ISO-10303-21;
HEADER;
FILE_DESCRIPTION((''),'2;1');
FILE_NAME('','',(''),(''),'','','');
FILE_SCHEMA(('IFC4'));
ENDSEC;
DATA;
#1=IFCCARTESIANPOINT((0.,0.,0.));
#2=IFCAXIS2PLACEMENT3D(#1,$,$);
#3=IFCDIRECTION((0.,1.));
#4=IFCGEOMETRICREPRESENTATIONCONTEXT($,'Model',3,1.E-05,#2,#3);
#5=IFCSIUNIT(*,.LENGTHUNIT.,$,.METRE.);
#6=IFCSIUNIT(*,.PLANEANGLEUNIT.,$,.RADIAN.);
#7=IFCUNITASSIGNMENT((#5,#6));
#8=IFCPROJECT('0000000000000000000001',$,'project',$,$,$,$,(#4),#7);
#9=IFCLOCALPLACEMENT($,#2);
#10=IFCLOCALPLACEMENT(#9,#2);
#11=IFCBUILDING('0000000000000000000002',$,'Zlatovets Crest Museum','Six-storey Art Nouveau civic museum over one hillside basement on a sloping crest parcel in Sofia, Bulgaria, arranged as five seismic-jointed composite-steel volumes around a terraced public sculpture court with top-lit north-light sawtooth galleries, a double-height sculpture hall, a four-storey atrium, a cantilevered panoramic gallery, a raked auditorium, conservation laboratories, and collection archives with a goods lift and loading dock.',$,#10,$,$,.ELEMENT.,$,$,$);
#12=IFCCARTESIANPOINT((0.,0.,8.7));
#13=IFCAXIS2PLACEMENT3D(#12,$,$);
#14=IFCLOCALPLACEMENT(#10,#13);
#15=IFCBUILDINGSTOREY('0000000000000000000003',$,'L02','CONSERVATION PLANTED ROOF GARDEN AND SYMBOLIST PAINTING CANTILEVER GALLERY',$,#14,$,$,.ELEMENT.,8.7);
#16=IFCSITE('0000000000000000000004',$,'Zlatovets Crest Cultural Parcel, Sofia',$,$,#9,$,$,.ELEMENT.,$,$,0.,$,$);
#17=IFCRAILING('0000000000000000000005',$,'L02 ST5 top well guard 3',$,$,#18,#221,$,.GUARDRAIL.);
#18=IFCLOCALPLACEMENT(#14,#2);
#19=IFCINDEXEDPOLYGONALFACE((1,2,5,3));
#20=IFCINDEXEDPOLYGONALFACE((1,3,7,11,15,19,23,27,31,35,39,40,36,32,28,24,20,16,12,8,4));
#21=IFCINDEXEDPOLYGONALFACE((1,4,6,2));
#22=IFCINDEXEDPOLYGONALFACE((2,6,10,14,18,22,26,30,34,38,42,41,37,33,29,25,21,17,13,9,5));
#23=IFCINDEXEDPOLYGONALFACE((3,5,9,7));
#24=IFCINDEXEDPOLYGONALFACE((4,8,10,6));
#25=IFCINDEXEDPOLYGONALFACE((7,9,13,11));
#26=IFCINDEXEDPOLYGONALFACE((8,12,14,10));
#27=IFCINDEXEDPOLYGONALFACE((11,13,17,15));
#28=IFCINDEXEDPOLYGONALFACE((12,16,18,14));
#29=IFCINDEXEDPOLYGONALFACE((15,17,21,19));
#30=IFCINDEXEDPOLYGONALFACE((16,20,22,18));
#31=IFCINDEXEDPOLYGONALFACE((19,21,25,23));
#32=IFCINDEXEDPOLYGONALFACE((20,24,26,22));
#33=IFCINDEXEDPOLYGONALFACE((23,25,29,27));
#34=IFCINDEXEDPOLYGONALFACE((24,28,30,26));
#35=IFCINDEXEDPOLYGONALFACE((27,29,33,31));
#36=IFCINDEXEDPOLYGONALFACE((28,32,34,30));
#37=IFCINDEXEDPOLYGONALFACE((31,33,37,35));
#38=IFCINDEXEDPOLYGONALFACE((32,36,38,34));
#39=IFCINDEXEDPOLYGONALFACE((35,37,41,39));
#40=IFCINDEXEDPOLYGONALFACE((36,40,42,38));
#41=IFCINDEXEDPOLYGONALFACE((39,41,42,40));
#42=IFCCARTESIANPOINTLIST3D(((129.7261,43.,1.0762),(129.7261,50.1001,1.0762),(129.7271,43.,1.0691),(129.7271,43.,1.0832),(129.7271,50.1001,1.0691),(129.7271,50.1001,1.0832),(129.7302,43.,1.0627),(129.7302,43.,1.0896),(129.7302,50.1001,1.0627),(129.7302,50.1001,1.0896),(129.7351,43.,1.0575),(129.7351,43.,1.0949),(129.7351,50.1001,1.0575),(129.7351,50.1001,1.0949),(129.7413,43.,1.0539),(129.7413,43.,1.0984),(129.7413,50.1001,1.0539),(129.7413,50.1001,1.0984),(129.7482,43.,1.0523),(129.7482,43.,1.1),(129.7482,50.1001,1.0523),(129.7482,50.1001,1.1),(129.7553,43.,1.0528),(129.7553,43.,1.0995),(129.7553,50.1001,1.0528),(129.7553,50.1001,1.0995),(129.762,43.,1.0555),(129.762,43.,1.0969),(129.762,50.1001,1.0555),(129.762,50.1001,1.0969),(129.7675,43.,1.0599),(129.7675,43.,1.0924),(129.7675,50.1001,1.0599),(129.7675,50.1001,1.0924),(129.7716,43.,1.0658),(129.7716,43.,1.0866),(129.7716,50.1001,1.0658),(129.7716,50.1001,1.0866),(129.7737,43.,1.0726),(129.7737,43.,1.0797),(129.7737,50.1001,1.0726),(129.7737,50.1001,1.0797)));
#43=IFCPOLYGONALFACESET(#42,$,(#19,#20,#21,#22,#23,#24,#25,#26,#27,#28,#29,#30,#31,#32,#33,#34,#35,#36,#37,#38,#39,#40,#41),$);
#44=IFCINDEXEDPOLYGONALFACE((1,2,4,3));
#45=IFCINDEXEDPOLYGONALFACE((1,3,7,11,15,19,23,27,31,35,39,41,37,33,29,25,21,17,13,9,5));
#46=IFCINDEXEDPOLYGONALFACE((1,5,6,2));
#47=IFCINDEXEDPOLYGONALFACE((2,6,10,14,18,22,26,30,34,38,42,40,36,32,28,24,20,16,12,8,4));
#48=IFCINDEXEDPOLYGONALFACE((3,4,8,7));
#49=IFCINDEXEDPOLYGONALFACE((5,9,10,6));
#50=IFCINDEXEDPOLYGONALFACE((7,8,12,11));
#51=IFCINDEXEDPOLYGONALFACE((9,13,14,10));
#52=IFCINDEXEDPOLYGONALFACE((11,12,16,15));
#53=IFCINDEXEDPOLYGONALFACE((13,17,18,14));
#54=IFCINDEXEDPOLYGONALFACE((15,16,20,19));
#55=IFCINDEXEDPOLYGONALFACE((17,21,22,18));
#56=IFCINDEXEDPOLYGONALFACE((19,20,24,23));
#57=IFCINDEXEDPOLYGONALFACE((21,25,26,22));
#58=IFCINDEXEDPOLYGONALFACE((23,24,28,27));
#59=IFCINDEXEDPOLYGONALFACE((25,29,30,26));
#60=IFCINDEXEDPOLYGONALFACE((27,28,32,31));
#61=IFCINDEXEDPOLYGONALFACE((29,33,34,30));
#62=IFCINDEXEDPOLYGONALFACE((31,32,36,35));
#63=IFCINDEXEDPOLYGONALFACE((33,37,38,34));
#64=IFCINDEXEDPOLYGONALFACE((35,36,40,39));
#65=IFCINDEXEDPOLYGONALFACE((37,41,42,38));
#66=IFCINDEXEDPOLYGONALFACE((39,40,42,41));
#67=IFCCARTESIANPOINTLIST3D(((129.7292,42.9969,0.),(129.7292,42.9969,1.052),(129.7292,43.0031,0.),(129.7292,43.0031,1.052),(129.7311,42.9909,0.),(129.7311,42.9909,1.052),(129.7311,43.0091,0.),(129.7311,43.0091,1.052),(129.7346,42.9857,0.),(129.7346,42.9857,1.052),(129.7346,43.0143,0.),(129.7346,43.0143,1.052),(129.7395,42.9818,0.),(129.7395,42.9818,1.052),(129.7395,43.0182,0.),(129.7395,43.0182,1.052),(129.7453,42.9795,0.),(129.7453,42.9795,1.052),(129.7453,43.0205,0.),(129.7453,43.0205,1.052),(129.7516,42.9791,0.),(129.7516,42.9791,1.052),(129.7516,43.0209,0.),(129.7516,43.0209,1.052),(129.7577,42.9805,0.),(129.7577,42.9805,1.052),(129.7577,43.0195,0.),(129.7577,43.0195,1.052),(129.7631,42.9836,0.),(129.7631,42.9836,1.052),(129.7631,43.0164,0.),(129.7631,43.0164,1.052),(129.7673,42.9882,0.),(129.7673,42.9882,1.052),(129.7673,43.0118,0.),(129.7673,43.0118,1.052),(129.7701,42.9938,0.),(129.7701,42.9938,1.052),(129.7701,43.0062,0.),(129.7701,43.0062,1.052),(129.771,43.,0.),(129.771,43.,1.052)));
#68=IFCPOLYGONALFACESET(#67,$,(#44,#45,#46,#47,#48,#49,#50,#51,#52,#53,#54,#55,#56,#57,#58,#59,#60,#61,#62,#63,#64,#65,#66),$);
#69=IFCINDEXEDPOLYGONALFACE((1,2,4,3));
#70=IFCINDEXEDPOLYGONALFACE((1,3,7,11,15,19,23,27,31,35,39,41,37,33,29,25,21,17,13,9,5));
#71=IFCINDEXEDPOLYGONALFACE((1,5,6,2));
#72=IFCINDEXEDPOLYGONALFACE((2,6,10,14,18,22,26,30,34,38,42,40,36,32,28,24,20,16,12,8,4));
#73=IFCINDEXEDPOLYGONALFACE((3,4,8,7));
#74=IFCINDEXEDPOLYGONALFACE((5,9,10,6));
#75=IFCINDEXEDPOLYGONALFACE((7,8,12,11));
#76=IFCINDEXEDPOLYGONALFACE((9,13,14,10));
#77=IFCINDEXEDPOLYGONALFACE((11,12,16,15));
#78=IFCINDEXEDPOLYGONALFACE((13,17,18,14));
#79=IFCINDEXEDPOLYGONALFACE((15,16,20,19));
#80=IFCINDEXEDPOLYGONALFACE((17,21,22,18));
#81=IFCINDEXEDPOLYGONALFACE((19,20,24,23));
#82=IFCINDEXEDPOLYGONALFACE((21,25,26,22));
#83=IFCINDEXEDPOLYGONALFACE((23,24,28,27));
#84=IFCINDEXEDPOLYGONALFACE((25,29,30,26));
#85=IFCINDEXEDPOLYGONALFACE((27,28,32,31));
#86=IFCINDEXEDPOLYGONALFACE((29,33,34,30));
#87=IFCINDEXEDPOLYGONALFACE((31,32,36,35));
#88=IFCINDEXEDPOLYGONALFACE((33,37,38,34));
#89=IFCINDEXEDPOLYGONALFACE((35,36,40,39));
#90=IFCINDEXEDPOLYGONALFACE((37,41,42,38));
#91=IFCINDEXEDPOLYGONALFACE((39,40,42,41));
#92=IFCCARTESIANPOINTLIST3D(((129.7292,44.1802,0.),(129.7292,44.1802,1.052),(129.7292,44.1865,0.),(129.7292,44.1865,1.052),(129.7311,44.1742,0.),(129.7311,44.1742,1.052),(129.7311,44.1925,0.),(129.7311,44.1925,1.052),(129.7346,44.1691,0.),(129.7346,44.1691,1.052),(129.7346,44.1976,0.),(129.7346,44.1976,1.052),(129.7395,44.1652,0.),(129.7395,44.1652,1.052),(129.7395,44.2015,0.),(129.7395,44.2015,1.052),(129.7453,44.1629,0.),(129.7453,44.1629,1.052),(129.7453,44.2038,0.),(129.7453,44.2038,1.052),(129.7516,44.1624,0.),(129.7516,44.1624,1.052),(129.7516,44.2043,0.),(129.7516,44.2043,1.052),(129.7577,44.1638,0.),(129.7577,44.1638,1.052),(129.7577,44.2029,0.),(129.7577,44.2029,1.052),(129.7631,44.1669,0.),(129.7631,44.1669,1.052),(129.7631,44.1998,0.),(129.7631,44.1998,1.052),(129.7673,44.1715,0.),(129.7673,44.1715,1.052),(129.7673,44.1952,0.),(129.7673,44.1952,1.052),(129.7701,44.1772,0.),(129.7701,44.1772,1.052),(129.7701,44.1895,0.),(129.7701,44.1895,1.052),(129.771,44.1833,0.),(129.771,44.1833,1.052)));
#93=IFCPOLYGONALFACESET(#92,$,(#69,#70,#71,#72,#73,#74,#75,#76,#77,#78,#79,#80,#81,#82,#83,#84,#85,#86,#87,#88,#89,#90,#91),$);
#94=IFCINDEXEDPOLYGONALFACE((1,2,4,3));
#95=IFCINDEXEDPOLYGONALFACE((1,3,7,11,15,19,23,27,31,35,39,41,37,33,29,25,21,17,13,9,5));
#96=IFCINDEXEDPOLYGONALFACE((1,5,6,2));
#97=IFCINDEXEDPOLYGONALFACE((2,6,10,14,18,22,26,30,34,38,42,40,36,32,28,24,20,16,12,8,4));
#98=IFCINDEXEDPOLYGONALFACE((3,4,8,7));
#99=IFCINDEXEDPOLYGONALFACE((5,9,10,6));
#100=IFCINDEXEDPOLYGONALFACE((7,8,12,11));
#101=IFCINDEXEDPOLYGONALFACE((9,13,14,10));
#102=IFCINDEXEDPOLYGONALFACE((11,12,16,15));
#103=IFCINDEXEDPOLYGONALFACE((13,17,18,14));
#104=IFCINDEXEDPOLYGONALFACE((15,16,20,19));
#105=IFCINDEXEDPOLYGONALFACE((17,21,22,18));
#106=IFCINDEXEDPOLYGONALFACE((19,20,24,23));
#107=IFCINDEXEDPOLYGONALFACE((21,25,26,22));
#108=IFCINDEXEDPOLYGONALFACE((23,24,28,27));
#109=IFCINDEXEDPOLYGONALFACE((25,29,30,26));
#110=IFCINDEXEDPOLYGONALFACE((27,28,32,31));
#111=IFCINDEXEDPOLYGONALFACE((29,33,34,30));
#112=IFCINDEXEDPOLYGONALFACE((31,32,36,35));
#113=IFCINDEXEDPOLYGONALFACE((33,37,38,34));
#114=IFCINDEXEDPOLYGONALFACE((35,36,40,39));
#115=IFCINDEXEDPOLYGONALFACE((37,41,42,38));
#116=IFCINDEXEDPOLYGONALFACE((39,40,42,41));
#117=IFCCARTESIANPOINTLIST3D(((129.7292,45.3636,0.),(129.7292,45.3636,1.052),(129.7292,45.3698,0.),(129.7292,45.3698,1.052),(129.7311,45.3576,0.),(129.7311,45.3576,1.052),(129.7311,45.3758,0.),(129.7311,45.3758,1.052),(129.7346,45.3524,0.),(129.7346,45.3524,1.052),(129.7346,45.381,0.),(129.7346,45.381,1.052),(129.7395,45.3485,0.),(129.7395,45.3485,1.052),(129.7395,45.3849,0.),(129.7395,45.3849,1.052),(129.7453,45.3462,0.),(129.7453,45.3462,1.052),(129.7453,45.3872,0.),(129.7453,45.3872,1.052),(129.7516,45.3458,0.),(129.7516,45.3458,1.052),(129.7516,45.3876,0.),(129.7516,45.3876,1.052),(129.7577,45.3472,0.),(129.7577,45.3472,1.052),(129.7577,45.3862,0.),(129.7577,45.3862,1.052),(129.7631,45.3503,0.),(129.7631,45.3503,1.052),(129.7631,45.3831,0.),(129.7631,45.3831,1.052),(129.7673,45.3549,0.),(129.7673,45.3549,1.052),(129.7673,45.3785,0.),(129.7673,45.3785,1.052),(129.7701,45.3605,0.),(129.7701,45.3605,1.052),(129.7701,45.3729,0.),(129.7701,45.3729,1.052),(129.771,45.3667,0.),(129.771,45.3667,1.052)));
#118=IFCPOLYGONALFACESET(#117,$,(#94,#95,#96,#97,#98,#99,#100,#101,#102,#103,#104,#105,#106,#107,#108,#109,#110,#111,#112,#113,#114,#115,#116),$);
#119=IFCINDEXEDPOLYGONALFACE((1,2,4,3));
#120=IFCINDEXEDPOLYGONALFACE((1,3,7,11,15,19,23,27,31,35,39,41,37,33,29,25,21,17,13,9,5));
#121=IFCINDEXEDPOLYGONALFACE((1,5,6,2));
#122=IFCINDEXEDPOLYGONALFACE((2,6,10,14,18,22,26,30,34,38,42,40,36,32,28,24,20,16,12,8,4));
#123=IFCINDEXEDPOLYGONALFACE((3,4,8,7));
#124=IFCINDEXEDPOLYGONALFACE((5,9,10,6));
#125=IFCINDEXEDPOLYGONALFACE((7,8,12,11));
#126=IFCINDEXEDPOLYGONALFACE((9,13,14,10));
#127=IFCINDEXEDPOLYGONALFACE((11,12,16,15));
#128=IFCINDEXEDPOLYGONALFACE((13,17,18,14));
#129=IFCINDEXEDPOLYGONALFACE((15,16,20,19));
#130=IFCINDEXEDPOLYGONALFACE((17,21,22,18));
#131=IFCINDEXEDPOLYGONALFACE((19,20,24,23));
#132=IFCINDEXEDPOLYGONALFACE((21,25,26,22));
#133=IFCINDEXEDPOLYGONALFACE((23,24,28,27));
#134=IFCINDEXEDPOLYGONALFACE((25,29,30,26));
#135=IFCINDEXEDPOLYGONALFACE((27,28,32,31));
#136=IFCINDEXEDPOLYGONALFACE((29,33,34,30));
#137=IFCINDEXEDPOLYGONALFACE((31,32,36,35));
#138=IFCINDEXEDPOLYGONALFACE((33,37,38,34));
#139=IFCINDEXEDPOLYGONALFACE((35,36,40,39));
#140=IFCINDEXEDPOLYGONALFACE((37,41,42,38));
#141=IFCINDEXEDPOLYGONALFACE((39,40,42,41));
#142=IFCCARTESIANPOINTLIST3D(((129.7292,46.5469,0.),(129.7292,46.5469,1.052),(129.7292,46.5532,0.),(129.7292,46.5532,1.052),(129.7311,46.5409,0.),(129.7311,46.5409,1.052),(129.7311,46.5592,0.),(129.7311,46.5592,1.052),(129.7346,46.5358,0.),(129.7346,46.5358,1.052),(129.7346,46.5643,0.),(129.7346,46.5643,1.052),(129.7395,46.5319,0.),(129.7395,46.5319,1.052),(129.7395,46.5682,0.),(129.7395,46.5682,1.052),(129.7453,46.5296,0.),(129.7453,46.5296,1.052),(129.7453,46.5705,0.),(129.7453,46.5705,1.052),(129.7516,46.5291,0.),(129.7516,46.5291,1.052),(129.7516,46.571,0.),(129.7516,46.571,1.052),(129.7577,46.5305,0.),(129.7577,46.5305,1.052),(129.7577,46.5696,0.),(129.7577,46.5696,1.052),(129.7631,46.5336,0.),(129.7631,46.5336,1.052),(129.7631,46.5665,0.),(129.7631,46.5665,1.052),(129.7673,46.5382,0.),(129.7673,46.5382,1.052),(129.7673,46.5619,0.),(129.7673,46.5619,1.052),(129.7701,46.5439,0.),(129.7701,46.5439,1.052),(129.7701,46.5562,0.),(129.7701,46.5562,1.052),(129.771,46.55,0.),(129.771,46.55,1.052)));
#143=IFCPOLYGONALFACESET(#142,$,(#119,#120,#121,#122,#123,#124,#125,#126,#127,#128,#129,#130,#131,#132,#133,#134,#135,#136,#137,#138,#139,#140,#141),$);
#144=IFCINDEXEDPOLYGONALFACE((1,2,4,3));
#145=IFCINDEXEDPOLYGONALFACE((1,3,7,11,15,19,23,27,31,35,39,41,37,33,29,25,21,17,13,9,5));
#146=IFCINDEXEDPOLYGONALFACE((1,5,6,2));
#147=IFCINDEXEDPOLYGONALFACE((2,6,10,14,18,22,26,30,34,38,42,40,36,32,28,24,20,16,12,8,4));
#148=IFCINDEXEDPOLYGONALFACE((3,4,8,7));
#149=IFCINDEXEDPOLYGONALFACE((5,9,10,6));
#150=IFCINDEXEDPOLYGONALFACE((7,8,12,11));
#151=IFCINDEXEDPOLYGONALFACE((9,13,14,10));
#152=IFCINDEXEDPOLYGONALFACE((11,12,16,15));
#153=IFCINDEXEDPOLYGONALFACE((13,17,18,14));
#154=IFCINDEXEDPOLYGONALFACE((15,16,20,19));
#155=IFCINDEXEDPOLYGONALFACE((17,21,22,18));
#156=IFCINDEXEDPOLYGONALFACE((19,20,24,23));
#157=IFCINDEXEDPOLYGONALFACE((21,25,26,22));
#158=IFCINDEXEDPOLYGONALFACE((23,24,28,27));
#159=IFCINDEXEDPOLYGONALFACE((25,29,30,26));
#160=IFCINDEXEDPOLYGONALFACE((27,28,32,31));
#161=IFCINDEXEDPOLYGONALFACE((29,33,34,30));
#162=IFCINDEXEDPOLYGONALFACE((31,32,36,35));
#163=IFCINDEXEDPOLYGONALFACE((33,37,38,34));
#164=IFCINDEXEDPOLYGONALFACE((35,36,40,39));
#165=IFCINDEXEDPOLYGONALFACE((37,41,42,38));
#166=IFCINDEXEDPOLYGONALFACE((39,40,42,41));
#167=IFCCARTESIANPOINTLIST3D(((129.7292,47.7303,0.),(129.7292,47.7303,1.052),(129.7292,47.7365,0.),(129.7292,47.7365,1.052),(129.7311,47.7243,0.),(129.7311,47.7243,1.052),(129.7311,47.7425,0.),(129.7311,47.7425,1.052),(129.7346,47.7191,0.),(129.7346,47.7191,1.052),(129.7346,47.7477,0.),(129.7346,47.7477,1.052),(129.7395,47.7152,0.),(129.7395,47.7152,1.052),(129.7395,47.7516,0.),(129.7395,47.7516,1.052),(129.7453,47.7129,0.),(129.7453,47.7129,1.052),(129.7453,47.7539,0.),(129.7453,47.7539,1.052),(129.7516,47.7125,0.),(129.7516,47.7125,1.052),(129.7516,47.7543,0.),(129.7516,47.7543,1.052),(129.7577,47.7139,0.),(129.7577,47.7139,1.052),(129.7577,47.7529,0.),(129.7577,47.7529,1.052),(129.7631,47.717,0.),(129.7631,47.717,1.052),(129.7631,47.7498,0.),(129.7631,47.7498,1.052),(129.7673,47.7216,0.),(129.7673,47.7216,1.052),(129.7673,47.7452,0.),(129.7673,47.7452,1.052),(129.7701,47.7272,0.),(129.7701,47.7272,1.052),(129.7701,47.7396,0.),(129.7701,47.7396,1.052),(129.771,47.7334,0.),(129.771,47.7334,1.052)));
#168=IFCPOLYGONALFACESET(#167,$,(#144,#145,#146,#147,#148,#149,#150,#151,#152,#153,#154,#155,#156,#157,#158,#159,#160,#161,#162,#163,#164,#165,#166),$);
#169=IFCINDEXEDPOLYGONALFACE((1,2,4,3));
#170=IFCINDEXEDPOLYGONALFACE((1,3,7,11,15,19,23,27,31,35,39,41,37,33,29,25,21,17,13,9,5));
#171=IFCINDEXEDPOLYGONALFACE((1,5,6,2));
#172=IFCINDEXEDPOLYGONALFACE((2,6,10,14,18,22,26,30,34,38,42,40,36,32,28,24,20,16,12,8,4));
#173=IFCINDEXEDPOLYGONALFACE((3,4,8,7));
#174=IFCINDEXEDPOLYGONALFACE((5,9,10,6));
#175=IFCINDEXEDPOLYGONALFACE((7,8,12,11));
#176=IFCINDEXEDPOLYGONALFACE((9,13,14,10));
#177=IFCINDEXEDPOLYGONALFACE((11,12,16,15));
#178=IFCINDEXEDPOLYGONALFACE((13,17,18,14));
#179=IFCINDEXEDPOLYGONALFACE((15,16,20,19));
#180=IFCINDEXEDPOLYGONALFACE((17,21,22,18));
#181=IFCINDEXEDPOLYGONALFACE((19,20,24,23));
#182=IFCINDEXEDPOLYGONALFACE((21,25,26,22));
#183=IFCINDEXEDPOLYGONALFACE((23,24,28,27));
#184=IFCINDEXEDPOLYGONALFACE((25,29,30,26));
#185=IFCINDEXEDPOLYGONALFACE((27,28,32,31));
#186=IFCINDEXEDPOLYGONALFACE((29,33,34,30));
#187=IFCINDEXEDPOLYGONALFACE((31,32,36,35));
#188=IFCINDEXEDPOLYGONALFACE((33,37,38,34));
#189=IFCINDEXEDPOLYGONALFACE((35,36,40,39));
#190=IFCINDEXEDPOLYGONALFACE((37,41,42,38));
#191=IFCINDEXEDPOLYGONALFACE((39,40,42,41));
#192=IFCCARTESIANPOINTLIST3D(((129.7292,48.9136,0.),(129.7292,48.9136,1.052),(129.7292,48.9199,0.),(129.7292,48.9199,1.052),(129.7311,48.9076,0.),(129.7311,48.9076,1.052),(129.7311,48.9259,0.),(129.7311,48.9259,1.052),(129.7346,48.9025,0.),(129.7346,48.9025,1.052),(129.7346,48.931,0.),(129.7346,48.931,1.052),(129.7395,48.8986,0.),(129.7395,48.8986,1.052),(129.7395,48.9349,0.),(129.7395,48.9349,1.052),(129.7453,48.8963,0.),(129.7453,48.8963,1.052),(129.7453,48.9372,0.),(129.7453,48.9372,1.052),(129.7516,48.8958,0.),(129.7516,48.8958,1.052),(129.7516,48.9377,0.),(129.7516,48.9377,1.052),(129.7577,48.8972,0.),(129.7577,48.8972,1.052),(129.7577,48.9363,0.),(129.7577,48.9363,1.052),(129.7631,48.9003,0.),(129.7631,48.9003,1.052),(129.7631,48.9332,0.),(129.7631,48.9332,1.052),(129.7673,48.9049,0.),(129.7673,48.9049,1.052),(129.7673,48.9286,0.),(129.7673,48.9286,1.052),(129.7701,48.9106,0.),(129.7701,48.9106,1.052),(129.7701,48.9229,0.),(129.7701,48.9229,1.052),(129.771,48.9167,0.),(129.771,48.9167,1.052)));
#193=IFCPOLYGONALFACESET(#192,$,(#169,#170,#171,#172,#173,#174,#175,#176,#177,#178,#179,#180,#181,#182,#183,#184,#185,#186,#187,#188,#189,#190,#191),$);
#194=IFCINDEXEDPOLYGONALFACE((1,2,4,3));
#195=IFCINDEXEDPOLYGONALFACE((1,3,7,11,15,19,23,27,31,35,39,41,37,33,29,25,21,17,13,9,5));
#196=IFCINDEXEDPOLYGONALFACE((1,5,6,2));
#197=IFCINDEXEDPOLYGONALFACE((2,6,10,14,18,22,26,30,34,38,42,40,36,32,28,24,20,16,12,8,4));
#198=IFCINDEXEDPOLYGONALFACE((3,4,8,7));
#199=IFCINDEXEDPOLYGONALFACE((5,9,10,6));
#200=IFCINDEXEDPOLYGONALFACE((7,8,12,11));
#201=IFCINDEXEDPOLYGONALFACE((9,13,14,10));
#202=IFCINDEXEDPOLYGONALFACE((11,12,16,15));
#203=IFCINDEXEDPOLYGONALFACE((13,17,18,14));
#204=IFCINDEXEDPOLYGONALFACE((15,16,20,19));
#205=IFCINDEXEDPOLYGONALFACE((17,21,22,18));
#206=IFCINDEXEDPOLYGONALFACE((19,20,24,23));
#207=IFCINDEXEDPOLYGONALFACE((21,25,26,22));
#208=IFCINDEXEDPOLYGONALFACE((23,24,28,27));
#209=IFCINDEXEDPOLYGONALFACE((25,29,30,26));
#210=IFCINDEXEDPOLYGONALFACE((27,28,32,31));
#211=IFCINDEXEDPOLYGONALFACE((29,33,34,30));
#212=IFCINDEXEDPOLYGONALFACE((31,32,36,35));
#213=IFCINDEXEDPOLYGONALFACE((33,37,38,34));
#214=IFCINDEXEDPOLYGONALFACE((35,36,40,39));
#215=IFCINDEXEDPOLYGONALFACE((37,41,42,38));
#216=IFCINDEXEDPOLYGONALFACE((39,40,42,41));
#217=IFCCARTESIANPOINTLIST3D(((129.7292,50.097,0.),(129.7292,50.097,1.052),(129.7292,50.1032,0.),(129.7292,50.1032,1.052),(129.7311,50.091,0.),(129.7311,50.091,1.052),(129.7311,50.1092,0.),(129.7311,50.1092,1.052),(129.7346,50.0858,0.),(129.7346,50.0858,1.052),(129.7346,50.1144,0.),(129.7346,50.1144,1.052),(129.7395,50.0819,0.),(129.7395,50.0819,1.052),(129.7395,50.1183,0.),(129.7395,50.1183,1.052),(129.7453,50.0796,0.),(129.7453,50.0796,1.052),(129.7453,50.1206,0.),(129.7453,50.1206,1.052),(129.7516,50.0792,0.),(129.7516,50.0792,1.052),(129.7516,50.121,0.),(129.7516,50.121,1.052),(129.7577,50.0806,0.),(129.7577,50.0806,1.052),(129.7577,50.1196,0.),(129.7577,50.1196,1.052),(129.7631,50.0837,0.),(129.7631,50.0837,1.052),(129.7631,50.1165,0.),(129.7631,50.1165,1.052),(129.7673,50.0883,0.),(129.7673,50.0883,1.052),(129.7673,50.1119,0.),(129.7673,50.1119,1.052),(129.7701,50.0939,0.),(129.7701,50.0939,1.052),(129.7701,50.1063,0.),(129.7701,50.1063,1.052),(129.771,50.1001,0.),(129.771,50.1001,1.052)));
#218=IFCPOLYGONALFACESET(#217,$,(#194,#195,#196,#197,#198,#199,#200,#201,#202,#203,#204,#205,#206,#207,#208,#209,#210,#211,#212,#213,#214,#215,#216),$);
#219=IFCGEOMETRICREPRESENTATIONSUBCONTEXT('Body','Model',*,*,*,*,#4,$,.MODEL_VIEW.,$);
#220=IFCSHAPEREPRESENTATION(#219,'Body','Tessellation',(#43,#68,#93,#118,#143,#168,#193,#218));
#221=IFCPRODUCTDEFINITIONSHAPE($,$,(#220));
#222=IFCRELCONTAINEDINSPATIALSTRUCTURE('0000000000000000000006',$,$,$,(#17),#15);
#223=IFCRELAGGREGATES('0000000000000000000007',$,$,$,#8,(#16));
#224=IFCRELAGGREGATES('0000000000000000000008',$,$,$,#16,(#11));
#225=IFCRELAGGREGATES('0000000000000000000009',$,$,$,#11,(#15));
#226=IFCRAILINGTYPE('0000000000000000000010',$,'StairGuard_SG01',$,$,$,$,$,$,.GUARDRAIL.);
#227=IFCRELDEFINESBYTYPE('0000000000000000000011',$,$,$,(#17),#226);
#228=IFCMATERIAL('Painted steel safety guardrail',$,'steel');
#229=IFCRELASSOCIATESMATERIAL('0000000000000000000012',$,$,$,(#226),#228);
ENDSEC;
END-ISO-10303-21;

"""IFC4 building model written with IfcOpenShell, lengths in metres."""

from ifc_helpers import new_model, si_unit, direction, frame, origin, origin_2d, place, context, subcontext, project, spatial, circle, extrude, material, type_object, element, save


model = new_model("IFC4")

# Units and contexts
model_context = context("Model", 3, precision=1e-05, world=origin(), true_north=direction((0.0, 1.0)))
body_context = subcontext(model_context, "Body", "Model", "MODEL_VIEW")
ifc_project = project(units=[si_unit("LENGTHUNIT", "METRE"), si_unit("PLANEANGLEUNIT", "RADIAN")], contexts=[model_context])

# Site, building, storey
site_placement = place(None, origin())
site = spatial("IfcSite", under=ifc_project, at=site_placement, Name="Zlatovets Crest Cultural Parcel, Sofia", CompositionType="ELEMENT", RefElevation=0.0)
building_placement = place(site_placement, origin())
building = spatial("IfcBuilding", under=site, at=building_placement, Name="Zlatovets Crest Museum", Description="Six-storey Art Nouveau civic museum over one hillside basement on a sloping crest parcel in Sofia, Bulgaria, arranged as five seismic-jointed composite-steel volumes around a terraced public sculpture court with top-lit north-light sawtooth galleries, a double-height sculpture hall, a four-storey atrium, a cantilevered panoramic gallery, a raked auditorium, conservation laboratories, and collection archives with a goods lift and loading dock.", CompositionType="ELEMENT")
storey_placement = place(building_placement, frame((0.0, 0.0, 8.7)))
storey = spatial("IfcBuildingStorey", under=building, at=storey_placement, Name="L02", Description="CONSERVATION PLANTED ROOF GARDEN AND SYMBOLIST PAINTING CANTILEVER GALLERY", CompositionType="ELEMENT", Elevation=8.7)

# Railing
ifc_material_1 = material(Name="Painted steel safety guardrail", Category="steel")
railing_type = type_object("IfcRailingType", Name="StairGuard_SG01", PredefinedType="GUARDRAIL", material=ifc_material_1)
for number, where, name in (
    (1, (129.75, 43.0, 0.0), "L02 ST5 top well guard 3"),
):
    element("IfcRailing", number, at=place(storey_placement, frame(where)), inside=storey, type_object=railing_type, Name=name, PredefinedType="GUARDRAIL", context=body_context, shape_type="SweptSolid", body=[
        extrude(circle(Radius=0.0239, at=origin_2d()), frame((0.0, 0.0, 1.0762), z_axis=(0.0, 1.0, 0.0), x_axis=(-1.0, 0.0, 0.0)), (0.0, 0.0, 1.0), 7.1001),
        extrude(circle(Radius=0.021, at=origin_2d()), origin(), (0.0, 0.0, 1.0), 1.052),
        extrude(circle(Radius=0.021, at=origin_2d()), frame((0.0, 1.1833, 0.0)), (0.0, 0.0, 1.0), 1.052),
        extrude(circle(Radius=0.021, at=origin_2d()), frame((0.0, 2.3667, 0.0)), (0.0, 0.0, 1.0), 1.052),
        extrude(circle(Radius=0.021, at=origin_2d()), frame((0.0, 3.55, 0.0)), (0.0, 0.0, 1.0), 1.052),
        extrude(circle(Radius=0.021, at=origin_2d()), frame((0.0, 4.7334, 0.0)), (0.0, 0.0, 1.0), 1.052),
        extrude(circle(Radius=0.021, at=origin_2d()), frame((0.0, 5.9167, 0.0)), (0.0, 0.0, 1.0), 1.052),
        extrude(circle(Radius=0.021, at=origin_2d()), frame((0.0, 7.1001, 0.0)), (0.0, 0.0, 1.0), 1.052),
    ])

save(model, "model.ifc")
